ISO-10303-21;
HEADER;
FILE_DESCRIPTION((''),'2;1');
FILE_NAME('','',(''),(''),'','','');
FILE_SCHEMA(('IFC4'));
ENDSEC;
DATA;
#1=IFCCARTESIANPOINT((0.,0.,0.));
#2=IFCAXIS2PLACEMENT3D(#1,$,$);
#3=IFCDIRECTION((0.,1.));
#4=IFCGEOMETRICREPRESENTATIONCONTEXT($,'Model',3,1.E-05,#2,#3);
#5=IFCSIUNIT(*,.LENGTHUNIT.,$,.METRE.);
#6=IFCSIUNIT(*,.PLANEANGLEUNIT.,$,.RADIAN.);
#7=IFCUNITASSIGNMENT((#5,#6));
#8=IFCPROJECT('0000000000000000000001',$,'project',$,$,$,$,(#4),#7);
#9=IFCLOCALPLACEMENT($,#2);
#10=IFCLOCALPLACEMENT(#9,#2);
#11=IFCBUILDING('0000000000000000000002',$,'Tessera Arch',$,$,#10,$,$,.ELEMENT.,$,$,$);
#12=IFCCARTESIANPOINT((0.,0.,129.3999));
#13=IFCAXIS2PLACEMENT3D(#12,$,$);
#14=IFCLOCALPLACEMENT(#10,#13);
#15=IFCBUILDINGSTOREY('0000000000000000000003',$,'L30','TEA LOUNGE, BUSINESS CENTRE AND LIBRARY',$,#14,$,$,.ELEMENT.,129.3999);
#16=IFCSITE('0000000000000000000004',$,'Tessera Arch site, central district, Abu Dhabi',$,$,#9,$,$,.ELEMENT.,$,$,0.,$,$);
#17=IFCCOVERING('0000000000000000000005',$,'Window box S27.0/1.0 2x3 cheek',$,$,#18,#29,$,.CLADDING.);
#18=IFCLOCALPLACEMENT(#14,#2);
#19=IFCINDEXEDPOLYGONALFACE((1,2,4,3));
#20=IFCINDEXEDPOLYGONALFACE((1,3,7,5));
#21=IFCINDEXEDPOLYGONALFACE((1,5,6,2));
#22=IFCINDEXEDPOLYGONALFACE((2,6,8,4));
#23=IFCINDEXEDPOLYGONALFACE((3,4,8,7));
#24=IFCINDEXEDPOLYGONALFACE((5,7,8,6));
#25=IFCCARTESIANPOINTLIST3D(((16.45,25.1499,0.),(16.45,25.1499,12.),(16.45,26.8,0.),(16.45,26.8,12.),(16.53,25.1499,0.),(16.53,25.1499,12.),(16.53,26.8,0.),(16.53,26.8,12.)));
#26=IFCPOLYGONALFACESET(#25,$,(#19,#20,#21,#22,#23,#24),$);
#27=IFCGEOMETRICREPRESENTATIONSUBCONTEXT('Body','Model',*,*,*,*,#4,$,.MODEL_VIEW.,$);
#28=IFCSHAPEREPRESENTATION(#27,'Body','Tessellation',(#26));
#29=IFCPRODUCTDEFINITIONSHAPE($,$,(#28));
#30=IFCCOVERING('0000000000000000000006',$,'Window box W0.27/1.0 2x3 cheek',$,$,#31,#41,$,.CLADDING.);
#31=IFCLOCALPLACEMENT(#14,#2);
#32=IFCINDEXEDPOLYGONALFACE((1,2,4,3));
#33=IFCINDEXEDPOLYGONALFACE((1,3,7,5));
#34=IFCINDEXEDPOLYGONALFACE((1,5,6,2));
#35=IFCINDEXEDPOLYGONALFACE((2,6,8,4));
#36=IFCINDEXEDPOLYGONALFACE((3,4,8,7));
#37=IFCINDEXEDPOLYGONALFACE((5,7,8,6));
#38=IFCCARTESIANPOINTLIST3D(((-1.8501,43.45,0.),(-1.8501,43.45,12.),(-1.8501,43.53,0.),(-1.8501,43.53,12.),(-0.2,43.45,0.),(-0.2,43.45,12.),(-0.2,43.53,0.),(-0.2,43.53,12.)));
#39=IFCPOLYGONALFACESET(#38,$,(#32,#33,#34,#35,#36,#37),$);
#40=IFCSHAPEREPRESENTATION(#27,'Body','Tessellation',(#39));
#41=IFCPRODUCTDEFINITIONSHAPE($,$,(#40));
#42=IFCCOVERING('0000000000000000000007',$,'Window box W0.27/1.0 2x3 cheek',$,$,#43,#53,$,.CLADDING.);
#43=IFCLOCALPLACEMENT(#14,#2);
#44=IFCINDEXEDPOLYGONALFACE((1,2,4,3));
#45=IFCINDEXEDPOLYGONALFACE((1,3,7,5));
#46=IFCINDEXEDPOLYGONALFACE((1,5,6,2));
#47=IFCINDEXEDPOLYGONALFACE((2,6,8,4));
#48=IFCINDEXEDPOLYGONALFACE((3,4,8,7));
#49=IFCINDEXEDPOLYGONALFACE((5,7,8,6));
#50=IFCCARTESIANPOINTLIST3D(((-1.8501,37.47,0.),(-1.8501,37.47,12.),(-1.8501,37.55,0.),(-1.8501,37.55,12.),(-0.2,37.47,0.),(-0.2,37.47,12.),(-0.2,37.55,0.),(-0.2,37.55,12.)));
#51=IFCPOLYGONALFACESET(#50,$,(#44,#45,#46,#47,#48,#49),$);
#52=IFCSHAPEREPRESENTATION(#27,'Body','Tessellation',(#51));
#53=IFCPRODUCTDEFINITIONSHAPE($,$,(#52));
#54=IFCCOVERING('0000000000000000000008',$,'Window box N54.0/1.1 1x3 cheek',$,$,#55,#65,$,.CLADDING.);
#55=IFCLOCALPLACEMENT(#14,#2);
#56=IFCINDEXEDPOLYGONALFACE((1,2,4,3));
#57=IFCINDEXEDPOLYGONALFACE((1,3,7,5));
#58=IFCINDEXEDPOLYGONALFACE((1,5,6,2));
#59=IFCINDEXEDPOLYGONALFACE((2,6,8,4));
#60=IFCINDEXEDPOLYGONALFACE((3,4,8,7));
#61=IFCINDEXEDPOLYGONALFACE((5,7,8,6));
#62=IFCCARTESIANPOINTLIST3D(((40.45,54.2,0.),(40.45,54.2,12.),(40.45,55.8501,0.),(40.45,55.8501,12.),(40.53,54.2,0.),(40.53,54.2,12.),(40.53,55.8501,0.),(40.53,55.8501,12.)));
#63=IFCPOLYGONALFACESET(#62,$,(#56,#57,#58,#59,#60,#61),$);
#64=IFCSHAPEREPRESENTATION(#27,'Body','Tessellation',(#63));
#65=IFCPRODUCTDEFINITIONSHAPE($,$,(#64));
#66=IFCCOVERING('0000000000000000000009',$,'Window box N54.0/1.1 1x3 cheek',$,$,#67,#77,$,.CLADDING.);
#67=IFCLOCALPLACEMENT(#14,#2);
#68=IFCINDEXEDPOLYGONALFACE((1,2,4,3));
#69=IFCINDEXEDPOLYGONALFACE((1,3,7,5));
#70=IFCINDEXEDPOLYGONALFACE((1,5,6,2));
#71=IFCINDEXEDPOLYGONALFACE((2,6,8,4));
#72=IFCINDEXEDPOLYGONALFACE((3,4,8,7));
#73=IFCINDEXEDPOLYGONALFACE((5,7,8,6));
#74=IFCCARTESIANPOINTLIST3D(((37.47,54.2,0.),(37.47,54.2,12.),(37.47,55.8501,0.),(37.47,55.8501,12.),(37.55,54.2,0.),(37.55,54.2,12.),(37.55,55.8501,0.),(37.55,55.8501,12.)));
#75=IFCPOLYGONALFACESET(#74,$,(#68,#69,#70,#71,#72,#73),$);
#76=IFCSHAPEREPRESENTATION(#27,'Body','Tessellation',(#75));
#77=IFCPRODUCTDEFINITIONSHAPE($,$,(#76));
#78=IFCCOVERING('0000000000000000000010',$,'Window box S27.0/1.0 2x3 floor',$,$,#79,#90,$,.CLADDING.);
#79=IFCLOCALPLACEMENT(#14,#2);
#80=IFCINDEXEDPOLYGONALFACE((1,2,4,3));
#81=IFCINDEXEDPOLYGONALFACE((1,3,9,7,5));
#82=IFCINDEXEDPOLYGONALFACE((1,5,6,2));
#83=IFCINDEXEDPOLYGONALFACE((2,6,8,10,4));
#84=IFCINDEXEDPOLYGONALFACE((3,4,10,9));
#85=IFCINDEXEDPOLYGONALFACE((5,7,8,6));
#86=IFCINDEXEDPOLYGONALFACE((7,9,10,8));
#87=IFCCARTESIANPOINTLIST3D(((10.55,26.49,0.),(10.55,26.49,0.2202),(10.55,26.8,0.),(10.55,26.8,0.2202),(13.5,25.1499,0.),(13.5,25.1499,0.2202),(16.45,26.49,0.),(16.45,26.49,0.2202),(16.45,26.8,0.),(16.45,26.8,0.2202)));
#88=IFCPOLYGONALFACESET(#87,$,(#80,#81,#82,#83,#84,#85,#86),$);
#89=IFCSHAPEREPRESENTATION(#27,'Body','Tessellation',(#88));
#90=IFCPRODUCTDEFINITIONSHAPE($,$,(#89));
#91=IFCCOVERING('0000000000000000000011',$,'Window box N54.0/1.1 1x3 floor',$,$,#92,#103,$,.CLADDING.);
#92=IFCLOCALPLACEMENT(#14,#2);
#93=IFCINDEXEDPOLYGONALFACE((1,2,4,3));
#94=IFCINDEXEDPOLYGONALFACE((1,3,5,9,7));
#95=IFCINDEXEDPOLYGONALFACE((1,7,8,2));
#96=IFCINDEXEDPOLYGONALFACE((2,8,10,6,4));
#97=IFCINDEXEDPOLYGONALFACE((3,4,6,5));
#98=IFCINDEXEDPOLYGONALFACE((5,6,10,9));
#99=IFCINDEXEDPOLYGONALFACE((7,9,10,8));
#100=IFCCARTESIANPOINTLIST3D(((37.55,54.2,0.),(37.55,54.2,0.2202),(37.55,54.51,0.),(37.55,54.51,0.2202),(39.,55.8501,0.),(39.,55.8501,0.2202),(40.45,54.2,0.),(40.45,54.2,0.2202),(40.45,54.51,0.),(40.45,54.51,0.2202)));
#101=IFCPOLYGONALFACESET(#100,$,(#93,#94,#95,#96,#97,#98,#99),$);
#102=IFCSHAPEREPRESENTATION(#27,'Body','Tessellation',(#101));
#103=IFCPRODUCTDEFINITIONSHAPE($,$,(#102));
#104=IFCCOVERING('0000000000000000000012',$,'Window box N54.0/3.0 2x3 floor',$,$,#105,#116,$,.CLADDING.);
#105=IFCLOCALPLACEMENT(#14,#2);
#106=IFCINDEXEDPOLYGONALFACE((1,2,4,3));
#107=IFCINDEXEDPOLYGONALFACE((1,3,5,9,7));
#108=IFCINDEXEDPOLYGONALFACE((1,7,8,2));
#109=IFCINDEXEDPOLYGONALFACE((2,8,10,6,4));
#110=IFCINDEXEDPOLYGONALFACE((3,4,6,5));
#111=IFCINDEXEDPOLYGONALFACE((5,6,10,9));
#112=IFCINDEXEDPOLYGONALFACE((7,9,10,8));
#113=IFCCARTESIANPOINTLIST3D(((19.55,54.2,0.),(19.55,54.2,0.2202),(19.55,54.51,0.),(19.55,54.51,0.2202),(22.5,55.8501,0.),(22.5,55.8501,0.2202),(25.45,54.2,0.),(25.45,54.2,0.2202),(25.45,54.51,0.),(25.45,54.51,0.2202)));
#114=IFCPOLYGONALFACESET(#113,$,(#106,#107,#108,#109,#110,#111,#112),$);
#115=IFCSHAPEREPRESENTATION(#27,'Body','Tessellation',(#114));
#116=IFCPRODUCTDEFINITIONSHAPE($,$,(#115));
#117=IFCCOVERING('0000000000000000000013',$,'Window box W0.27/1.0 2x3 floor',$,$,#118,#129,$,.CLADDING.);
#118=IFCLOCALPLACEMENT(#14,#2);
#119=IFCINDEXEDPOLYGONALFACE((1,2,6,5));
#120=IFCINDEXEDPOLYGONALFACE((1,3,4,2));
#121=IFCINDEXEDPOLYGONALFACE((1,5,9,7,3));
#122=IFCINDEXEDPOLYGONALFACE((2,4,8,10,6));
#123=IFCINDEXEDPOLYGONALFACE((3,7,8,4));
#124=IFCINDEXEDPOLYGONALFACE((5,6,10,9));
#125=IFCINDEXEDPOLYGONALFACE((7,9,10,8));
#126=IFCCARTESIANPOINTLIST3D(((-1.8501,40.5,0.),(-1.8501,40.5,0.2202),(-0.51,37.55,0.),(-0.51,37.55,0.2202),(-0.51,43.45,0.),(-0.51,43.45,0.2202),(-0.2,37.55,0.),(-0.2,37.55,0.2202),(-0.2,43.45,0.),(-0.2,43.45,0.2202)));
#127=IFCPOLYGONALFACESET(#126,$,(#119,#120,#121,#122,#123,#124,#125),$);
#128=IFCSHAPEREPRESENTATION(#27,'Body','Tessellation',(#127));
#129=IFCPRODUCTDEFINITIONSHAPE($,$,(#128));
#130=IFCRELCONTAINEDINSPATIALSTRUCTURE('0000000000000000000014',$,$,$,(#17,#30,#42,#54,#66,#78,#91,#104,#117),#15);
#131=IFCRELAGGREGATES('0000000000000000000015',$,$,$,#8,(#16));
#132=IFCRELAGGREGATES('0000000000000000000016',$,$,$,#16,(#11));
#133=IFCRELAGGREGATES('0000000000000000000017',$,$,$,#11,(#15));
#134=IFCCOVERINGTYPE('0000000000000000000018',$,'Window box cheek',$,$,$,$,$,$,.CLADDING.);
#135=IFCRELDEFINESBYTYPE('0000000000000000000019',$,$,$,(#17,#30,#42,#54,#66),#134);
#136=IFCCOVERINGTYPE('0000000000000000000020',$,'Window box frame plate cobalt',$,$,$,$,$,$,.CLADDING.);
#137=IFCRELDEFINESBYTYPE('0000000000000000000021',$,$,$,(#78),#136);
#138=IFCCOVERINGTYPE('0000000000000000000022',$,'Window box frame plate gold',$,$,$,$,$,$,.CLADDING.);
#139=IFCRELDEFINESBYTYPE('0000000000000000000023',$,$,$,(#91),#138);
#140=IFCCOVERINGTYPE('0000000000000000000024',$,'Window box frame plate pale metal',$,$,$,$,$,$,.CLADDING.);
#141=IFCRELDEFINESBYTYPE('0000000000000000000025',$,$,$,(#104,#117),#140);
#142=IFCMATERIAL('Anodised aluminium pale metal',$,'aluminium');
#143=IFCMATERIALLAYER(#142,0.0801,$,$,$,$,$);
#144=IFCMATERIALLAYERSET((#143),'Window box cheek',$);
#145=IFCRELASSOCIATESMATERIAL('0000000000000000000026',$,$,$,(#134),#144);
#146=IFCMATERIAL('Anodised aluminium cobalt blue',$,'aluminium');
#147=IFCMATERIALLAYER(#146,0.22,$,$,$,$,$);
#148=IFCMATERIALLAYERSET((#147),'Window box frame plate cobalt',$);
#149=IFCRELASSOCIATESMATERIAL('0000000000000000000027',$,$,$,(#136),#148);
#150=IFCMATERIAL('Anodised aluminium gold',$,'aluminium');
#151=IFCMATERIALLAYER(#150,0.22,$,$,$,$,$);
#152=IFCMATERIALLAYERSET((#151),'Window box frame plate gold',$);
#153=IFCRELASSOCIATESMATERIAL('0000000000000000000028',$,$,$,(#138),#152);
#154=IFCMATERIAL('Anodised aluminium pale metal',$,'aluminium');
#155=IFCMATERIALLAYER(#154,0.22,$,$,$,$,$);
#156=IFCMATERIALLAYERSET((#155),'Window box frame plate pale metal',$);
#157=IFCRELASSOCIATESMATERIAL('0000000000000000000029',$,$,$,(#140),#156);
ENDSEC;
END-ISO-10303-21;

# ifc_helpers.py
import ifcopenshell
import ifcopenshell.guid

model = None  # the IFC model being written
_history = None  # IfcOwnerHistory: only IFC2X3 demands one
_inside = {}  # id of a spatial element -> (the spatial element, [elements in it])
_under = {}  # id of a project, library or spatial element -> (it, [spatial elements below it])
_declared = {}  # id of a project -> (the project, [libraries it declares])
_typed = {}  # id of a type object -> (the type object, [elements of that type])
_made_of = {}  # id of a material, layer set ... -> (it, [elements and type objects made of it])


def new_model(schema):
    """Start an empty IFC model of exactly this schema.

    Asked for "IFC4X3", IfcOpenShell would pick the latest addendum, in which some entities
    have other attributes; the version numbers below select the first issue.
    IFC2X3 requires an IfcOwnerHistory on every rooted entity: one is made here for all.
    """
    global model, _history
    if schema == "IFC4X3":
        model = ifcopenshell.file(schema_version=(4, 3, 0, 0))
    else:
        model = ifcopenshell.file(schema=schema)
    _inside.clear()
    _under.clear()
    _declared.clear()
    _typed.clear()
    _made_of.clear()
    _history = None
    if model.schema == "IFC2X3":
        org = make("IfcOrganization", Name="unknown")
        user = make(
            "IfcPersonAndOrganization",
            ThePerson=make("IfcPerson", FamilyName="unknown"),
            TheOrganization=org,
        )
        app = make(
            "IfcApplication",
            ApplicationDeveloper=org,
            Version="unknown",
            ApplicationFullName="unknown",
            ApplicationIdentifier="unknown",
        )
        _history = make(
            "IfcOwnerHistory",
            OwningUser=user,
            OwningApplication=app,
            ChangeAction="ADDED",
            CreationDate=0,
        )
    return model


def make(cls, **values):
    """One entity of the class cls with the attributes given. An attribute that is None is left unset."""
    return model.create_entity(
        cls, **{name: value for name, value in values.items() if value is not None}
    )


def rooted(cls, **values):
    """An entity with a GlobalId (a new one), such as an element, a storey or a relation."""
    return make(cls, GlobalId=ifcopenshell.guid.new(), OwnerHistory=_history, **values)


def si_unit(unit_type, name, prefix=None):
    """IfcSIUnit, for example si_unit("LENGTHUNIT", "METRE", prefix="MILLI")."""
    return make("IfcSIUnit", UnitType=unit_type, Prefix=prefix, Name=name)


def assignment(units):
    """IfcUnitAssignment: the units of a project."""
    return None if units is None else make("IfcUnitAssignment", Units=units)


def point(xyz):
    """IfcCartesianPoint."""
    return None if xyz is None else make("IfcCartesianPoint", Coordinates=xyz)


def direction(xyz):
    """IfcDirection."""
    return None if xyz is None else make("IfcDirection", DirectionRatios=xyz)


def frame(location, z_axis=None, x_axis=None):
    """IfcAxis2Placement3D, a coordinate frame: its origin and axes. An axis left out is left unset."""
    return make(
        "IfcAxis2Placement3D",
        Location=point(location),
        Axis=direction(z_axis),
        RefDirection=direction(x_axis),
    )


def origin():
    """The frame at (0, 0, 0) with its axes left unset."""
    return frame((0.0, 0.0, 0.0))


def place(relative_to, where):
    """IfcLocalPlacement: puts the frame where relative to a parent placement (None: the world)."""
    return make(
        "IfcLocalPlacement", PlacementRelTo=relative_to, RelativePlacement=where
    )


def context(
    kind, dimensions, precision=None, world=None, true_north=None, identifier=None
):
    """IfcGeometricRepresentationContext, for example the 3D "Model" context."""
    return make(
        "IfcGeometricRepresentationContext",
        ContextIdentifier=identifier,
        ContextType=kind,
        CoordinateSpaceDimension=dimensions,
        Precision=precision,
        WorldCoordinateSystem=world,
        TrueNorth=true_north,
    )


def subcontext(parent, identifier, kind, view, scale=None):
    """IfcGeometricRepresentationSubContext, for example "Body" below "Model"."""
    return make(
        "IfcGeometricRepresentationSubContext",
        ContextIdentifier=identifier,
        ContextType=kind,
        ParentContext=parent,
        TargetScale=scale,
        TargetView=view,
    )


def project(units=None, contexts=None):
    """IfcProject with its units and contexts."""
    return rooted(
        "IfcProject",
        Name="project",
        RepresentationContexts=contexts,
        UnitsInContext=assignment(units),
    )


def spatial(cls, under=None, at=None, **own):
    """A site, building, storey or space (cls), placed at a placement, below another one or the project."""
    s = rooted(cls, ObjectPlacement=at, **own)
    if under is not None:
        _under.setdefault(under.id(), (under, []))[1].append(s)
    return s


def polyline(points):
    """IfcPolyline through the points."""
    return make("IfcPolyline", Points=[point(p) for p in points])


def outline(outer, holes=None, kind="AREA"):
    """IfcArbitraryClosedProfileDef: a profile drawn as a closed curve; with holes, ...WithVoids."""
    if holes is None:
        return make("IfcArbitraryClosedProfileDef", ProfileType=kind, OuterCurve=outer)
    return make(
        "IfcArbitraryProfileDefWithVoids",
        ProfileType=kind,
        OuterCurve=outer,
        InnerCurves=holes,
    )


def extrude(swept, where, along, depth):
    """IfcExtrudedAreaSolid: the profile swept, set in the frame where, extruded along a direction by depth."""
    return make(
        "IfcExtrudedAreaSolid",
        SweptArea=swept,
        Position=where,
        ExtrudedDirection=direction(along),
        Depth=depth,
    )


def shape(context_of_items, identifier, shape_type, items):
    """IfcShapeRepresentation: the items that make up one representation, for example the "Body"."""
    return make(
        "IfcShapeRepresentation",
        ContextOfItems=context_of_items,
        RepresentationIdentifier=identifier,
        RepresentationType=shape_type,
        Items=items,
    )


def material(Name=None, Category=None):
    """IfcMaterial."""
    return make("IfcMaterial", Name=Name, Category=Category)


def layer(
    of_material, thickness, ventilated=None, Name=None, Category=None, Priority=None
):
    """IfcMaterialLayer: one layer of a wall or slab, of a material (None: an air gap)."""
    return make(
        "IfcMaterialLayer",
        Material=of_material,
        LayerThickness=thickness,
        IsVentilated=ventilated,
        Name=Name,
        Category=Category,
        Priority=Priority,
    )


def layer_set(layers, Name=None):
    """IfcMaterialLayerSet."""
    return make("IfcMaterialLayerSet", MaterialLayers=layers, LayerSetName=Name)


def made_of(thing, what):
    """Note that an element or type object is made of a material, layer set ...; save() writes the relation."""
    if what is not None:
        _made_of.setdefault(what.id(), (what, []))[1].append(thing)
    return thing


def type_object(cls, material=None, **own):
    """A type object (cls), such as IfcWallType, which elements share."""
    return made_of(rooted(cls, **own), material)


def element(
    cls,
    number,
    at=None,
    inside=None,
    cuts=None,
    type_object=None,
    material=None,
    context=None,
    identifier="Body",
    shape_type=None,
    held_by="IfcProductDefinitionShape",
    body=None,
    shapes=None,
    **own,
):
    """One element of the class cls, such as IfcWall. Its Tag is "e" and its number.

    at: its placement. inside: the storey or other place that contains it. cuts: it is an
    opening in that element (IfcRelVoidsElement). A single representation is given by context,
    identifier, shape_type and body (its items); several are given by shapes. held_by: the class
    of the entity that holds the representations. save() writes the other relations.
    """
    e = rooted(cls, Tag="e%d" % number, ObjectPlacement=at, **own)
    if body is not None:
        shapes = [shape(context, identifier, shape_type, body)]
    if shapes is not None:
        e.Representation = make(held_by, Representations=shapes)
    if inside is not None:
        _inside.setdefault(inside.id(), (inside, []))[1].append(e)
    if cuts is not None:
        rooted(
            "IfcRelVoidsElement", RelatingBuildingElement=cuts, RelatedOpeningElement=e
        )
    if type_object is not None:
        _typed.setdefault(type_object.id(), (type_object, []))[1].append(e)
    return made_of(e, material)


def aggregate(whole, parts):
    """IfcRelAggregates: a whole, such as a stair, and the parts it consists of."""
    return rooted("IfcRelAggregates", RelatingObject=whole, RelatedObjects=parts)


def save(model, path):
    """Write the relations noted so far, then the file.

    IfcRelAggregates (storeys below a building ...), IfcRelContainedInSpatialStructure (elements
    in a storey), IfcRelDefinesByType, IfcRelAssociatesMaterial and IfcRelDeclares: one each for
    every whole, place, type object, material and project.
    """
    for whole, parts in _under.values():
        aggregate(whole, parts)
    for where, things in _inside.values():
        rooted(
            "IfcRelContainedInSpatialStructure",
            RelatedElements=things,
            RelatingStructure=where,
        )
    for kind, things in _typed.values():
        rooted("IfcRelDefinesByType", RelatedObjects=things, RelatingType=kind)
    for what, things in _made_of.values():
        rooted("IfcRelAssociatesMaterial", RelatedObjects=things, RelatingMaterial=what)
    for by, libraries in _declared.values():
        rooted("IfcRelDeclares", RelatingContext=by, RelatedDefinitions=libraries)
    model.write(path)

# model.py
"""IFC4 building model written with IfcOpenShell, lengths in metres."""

from ifc_helpers import new_model, si_unit, direction, frame, origin, place, context, subcontext, project, spatial, polyline, outline, extrude, material, layer, layer_set, type_object, element, save


model = new_model("IFC4")

# Units and contexts
model_context = context("Model", 3, precision=1e-05, world=origin(), true_north=direction((0.0, 1.0)))
body_context = subcontext(model_context, "Body", "Model", "MODEL_VIEW")
ifc_project = project(units=[si_unit("LENGTHUNIT", "METRE"), si_unit("PLANEANGLEUNIT", "RADIAN")], contexts=[model_context])

# Site, building, storey
site_placement = place(None, origin())
site = spatial("IfcSite", under=ifc_project, at=site_placement, Name="Tessera Arch site, central district, Abu Dhabi", CompositionType="ELEMENT", RefElevation=0.0)
building_placement = place(site_placement, origin())
building = spatial("IfcBuilding", under=site, at=building_placement, Name="Tessera Arch", CompositionType="ELEMENT")
storey_placement = place(building_placement, frame((0.0, 0.0, 129.3999)))
storey = spatial("IfcBuildingStorey", under=building, at=storey_placement, Name="L30", Description="TEA LOUNGE, BUSINESS CENTRE AND LIBRARY", CompositionType="ELEMENT", Elevation=129.3999)

# Coverings
ifc_material_1 = material(Name="Anodised aluminium pale metal", Category="aluminium")
ifc_layer_1 = layer(ifc_material_1, 0.0801)
ifc_layer_set_1 = layer_set([ifc_layer_1], Name="Window box cheek")
covering_type_1 = type_object("IfcCoveringType", Name="Window box cheek", PredefinedType="CLADDING", material=ifc_layer_set_1)
covering_1_placement = place(storey_placement, origin())
element("IfcCovering", 1, at=covering_1_placement, inside=storey, type_object=covering_type_1, Name="Window box S27.0/1.0 2x3 cheek", PredefinedType="CLADDING", context=body_context, shape_type="SweptSolid", body=[
    extrude(outline(polyline([(16.45, 25.1499), (16.53, 25.1499), (16.53, 26.8), (16.45, 26.8), (16.45, 25.1499)])), origin(), (0.0, 0.0, 1.0), 12.0),
])
covering_2_placement = place(storey_placement, origin())
element("IfcCovering", 2, at=covering_2_placement, inside=storey, type_object=covering_type_1, Name="Window box W0.27/1.0 2x3 cheek", PredefinedType="CLADDING", context=body_context, shape_type="SweptSolid", body=[
    extrude(outline(polyline([(-1.8501, 43.53), (-1.8501, 43.45), (-0.2, 43.45), (-0.2, 43.53), (-1.8501, 43.53)])), origin(), (0.0, 0.0, 1.0), 12.0),
])
covering_3_placement = place(storey_placement, origin())
element("IfcCovering", 3, at=covering_3_placement, inside=storey, type_object=covering_type_1, Name="Window box W0.27/1.0 2x3 cheek", PredefinedType="CLADDING", context=body_context, shape_type="SweptSolid", body=[
    extrude(outline(polyline([(-1.8501, 37.55), (-1.8501, 37.47), (-0.2, 37.47), (-0.2, 37.55), (-1.8501, 37.55)])), origin(), (0.0, 0.0, 1.0), 12.0),
])
covering_4_placement = place(storey_placement, origin())
element("IfcCovering", 4, at=covering_4_placement, inside=storey, type_object=covering_type_1, Name="Window box N54.0/1.1 1x3 cheek", PredefinedType="CLADDING", context=body_context, shape_type="SweptSolid", body=[
    extrude(outline(polyline([(40.53, 55.8501), (40.45, 55.8501), (40.45, 54.2), (40.53, 54.2), (40.53, 55.8501)])), origin(), (0.0, 0.0, 1.0), 12.0),
])
covering_5_placement = place(storey_placement, origin())
element("IfcCovering", 5, at=covering_5_placement, inside=storey, type_object=covering_type_1, Name="Window box N54.0/1.1 1x3 cheek", PredefinedType="CLADDING", context=body_context, shape_type="SweptSolid", body=[
    extrude(outline(polyline([(37.55, 55.8501), (37.47, 55.8501), (37.47, 54.2), (37.55, 54.2), (37.55, 55.8501)])), origin(), (0.0, 0.0, 1.0), 12.0),
])
ifc_material_2 = material(Name="Anodised aluminium cobalt blue", Category="aluminium")
ifc_layer_2 = layer(ifc_material_2, 0.22)
ifc_layer_set_2 = layer_set([ifc_layer_2], Name="Window box frame plate cobalt")
covering_type_2 = type_object("IfcCoveringType", Name="Window box frame plate cobalt", PredefinedType="CLADDING", material=ifc_layer_set_2)
covering_6_placement = place(storey_placement, origin())
element("IfcCovering", 6, at=covering_6_placement, inside=storey, type_object=covering_type_2, Name="Window box S27.0/1.0 2x3 floor", PredefinedType="CLADDING", context=body_context, shape_type="SweptSolid", body=[
    extrude(outline(polyline([(10.55, 26.49), (13.5, 25.1499), (16.45, 26.49), (16.45, 26.8), (10.55, 26.8), (10.55, 26.49)])), origin(), (0.0, 0.0, 1.0), 0.2202),
])
ifc_material_3 = material(Name="Anodised aluminium gold", Category="aluminium")
ifc_layer_3 = layer(ifc_material_3, 0.22)
ifc_layer_set_3 = layer_set([ifc_layer_3], Name="Window box frame plate gold")
covering_type_3 = type_object("IfcCoveringType", Name="Window box frame plate gold", PredefinedType="CLADDING", material=ifc_layer_set_3)
covering_7_placement = place(storey_placement, origin())
element("IfcCovering", 7, at=covering_7_placement, inside=storey, type_object=covering_type_3, Name="Window box N54.0/1.1 1x3 floor", PredefinedType="CLADDING", context=body_context, shape_type="SweptSolid", body=[
    extrude(outline(polyline([(40.45, 54.51), (39.0, 55.8501), (37.55, 54.51), (37.55, 54.2), (40.45, 54.2), (40.45, 54.51)])), origin(), (0.0, 0.0, 1.0), 0.2202),
])
ifc_material_4 = material(Name="Anodised aluminium pale metal", Category="aluminium")
ifc_layer_4 = layer(ifc_material_4, 0.22)
ifc_layer_set_4 = layer_set([ifc_layer_4], Name="Window box frame plate pale metal")
covering_type_4 = type_object("IfcCoveringType", Name="Window box frame plate pale metal", PredefinedType="CLADDING", material=ifc_layer_set_4)
covering_8_placement = place(storey_placement, origin())
element("IfcCovering", 8, at=covering_8_placement, inside=storey, type_object=covering_type_4, Name="Window box N54.0/3.0 2x3 floor", PredefinedType="CLADDING", context=body_context, shape_type="SweptSolid", body=[
    extrude(outline(polyline([(25.45, 54.51), (22.5, 55.8501), (19.55, 54.51), (19.55, 54.2), (25.45, 54.2), (25.45, 54.51)])), origin(), (0.0, 0.0, 1.0), 0.2202),
])
covering_9_placement = place(storey_placement, origin())
element("IfcCovering", 9, at=covering_9_placement, inside=storey, type_object=covering_type_4, Name="Window box W0.27/1.0 2x3 floor", PredefinedType="CLADDING", context=body_context, shape_type="SweptSolid", body=[
    extrude(outline(polyline([(-0.51, 43.45), (-1.8501, 40.5), (-0.51, 37.55), (-0.2, 37.55), (-0.2, 43.45), (-0.51, 43.45)])), origin(), (0.0, 0.0, 1.0), 0.2202),
])

save(model, "model.ifc")
